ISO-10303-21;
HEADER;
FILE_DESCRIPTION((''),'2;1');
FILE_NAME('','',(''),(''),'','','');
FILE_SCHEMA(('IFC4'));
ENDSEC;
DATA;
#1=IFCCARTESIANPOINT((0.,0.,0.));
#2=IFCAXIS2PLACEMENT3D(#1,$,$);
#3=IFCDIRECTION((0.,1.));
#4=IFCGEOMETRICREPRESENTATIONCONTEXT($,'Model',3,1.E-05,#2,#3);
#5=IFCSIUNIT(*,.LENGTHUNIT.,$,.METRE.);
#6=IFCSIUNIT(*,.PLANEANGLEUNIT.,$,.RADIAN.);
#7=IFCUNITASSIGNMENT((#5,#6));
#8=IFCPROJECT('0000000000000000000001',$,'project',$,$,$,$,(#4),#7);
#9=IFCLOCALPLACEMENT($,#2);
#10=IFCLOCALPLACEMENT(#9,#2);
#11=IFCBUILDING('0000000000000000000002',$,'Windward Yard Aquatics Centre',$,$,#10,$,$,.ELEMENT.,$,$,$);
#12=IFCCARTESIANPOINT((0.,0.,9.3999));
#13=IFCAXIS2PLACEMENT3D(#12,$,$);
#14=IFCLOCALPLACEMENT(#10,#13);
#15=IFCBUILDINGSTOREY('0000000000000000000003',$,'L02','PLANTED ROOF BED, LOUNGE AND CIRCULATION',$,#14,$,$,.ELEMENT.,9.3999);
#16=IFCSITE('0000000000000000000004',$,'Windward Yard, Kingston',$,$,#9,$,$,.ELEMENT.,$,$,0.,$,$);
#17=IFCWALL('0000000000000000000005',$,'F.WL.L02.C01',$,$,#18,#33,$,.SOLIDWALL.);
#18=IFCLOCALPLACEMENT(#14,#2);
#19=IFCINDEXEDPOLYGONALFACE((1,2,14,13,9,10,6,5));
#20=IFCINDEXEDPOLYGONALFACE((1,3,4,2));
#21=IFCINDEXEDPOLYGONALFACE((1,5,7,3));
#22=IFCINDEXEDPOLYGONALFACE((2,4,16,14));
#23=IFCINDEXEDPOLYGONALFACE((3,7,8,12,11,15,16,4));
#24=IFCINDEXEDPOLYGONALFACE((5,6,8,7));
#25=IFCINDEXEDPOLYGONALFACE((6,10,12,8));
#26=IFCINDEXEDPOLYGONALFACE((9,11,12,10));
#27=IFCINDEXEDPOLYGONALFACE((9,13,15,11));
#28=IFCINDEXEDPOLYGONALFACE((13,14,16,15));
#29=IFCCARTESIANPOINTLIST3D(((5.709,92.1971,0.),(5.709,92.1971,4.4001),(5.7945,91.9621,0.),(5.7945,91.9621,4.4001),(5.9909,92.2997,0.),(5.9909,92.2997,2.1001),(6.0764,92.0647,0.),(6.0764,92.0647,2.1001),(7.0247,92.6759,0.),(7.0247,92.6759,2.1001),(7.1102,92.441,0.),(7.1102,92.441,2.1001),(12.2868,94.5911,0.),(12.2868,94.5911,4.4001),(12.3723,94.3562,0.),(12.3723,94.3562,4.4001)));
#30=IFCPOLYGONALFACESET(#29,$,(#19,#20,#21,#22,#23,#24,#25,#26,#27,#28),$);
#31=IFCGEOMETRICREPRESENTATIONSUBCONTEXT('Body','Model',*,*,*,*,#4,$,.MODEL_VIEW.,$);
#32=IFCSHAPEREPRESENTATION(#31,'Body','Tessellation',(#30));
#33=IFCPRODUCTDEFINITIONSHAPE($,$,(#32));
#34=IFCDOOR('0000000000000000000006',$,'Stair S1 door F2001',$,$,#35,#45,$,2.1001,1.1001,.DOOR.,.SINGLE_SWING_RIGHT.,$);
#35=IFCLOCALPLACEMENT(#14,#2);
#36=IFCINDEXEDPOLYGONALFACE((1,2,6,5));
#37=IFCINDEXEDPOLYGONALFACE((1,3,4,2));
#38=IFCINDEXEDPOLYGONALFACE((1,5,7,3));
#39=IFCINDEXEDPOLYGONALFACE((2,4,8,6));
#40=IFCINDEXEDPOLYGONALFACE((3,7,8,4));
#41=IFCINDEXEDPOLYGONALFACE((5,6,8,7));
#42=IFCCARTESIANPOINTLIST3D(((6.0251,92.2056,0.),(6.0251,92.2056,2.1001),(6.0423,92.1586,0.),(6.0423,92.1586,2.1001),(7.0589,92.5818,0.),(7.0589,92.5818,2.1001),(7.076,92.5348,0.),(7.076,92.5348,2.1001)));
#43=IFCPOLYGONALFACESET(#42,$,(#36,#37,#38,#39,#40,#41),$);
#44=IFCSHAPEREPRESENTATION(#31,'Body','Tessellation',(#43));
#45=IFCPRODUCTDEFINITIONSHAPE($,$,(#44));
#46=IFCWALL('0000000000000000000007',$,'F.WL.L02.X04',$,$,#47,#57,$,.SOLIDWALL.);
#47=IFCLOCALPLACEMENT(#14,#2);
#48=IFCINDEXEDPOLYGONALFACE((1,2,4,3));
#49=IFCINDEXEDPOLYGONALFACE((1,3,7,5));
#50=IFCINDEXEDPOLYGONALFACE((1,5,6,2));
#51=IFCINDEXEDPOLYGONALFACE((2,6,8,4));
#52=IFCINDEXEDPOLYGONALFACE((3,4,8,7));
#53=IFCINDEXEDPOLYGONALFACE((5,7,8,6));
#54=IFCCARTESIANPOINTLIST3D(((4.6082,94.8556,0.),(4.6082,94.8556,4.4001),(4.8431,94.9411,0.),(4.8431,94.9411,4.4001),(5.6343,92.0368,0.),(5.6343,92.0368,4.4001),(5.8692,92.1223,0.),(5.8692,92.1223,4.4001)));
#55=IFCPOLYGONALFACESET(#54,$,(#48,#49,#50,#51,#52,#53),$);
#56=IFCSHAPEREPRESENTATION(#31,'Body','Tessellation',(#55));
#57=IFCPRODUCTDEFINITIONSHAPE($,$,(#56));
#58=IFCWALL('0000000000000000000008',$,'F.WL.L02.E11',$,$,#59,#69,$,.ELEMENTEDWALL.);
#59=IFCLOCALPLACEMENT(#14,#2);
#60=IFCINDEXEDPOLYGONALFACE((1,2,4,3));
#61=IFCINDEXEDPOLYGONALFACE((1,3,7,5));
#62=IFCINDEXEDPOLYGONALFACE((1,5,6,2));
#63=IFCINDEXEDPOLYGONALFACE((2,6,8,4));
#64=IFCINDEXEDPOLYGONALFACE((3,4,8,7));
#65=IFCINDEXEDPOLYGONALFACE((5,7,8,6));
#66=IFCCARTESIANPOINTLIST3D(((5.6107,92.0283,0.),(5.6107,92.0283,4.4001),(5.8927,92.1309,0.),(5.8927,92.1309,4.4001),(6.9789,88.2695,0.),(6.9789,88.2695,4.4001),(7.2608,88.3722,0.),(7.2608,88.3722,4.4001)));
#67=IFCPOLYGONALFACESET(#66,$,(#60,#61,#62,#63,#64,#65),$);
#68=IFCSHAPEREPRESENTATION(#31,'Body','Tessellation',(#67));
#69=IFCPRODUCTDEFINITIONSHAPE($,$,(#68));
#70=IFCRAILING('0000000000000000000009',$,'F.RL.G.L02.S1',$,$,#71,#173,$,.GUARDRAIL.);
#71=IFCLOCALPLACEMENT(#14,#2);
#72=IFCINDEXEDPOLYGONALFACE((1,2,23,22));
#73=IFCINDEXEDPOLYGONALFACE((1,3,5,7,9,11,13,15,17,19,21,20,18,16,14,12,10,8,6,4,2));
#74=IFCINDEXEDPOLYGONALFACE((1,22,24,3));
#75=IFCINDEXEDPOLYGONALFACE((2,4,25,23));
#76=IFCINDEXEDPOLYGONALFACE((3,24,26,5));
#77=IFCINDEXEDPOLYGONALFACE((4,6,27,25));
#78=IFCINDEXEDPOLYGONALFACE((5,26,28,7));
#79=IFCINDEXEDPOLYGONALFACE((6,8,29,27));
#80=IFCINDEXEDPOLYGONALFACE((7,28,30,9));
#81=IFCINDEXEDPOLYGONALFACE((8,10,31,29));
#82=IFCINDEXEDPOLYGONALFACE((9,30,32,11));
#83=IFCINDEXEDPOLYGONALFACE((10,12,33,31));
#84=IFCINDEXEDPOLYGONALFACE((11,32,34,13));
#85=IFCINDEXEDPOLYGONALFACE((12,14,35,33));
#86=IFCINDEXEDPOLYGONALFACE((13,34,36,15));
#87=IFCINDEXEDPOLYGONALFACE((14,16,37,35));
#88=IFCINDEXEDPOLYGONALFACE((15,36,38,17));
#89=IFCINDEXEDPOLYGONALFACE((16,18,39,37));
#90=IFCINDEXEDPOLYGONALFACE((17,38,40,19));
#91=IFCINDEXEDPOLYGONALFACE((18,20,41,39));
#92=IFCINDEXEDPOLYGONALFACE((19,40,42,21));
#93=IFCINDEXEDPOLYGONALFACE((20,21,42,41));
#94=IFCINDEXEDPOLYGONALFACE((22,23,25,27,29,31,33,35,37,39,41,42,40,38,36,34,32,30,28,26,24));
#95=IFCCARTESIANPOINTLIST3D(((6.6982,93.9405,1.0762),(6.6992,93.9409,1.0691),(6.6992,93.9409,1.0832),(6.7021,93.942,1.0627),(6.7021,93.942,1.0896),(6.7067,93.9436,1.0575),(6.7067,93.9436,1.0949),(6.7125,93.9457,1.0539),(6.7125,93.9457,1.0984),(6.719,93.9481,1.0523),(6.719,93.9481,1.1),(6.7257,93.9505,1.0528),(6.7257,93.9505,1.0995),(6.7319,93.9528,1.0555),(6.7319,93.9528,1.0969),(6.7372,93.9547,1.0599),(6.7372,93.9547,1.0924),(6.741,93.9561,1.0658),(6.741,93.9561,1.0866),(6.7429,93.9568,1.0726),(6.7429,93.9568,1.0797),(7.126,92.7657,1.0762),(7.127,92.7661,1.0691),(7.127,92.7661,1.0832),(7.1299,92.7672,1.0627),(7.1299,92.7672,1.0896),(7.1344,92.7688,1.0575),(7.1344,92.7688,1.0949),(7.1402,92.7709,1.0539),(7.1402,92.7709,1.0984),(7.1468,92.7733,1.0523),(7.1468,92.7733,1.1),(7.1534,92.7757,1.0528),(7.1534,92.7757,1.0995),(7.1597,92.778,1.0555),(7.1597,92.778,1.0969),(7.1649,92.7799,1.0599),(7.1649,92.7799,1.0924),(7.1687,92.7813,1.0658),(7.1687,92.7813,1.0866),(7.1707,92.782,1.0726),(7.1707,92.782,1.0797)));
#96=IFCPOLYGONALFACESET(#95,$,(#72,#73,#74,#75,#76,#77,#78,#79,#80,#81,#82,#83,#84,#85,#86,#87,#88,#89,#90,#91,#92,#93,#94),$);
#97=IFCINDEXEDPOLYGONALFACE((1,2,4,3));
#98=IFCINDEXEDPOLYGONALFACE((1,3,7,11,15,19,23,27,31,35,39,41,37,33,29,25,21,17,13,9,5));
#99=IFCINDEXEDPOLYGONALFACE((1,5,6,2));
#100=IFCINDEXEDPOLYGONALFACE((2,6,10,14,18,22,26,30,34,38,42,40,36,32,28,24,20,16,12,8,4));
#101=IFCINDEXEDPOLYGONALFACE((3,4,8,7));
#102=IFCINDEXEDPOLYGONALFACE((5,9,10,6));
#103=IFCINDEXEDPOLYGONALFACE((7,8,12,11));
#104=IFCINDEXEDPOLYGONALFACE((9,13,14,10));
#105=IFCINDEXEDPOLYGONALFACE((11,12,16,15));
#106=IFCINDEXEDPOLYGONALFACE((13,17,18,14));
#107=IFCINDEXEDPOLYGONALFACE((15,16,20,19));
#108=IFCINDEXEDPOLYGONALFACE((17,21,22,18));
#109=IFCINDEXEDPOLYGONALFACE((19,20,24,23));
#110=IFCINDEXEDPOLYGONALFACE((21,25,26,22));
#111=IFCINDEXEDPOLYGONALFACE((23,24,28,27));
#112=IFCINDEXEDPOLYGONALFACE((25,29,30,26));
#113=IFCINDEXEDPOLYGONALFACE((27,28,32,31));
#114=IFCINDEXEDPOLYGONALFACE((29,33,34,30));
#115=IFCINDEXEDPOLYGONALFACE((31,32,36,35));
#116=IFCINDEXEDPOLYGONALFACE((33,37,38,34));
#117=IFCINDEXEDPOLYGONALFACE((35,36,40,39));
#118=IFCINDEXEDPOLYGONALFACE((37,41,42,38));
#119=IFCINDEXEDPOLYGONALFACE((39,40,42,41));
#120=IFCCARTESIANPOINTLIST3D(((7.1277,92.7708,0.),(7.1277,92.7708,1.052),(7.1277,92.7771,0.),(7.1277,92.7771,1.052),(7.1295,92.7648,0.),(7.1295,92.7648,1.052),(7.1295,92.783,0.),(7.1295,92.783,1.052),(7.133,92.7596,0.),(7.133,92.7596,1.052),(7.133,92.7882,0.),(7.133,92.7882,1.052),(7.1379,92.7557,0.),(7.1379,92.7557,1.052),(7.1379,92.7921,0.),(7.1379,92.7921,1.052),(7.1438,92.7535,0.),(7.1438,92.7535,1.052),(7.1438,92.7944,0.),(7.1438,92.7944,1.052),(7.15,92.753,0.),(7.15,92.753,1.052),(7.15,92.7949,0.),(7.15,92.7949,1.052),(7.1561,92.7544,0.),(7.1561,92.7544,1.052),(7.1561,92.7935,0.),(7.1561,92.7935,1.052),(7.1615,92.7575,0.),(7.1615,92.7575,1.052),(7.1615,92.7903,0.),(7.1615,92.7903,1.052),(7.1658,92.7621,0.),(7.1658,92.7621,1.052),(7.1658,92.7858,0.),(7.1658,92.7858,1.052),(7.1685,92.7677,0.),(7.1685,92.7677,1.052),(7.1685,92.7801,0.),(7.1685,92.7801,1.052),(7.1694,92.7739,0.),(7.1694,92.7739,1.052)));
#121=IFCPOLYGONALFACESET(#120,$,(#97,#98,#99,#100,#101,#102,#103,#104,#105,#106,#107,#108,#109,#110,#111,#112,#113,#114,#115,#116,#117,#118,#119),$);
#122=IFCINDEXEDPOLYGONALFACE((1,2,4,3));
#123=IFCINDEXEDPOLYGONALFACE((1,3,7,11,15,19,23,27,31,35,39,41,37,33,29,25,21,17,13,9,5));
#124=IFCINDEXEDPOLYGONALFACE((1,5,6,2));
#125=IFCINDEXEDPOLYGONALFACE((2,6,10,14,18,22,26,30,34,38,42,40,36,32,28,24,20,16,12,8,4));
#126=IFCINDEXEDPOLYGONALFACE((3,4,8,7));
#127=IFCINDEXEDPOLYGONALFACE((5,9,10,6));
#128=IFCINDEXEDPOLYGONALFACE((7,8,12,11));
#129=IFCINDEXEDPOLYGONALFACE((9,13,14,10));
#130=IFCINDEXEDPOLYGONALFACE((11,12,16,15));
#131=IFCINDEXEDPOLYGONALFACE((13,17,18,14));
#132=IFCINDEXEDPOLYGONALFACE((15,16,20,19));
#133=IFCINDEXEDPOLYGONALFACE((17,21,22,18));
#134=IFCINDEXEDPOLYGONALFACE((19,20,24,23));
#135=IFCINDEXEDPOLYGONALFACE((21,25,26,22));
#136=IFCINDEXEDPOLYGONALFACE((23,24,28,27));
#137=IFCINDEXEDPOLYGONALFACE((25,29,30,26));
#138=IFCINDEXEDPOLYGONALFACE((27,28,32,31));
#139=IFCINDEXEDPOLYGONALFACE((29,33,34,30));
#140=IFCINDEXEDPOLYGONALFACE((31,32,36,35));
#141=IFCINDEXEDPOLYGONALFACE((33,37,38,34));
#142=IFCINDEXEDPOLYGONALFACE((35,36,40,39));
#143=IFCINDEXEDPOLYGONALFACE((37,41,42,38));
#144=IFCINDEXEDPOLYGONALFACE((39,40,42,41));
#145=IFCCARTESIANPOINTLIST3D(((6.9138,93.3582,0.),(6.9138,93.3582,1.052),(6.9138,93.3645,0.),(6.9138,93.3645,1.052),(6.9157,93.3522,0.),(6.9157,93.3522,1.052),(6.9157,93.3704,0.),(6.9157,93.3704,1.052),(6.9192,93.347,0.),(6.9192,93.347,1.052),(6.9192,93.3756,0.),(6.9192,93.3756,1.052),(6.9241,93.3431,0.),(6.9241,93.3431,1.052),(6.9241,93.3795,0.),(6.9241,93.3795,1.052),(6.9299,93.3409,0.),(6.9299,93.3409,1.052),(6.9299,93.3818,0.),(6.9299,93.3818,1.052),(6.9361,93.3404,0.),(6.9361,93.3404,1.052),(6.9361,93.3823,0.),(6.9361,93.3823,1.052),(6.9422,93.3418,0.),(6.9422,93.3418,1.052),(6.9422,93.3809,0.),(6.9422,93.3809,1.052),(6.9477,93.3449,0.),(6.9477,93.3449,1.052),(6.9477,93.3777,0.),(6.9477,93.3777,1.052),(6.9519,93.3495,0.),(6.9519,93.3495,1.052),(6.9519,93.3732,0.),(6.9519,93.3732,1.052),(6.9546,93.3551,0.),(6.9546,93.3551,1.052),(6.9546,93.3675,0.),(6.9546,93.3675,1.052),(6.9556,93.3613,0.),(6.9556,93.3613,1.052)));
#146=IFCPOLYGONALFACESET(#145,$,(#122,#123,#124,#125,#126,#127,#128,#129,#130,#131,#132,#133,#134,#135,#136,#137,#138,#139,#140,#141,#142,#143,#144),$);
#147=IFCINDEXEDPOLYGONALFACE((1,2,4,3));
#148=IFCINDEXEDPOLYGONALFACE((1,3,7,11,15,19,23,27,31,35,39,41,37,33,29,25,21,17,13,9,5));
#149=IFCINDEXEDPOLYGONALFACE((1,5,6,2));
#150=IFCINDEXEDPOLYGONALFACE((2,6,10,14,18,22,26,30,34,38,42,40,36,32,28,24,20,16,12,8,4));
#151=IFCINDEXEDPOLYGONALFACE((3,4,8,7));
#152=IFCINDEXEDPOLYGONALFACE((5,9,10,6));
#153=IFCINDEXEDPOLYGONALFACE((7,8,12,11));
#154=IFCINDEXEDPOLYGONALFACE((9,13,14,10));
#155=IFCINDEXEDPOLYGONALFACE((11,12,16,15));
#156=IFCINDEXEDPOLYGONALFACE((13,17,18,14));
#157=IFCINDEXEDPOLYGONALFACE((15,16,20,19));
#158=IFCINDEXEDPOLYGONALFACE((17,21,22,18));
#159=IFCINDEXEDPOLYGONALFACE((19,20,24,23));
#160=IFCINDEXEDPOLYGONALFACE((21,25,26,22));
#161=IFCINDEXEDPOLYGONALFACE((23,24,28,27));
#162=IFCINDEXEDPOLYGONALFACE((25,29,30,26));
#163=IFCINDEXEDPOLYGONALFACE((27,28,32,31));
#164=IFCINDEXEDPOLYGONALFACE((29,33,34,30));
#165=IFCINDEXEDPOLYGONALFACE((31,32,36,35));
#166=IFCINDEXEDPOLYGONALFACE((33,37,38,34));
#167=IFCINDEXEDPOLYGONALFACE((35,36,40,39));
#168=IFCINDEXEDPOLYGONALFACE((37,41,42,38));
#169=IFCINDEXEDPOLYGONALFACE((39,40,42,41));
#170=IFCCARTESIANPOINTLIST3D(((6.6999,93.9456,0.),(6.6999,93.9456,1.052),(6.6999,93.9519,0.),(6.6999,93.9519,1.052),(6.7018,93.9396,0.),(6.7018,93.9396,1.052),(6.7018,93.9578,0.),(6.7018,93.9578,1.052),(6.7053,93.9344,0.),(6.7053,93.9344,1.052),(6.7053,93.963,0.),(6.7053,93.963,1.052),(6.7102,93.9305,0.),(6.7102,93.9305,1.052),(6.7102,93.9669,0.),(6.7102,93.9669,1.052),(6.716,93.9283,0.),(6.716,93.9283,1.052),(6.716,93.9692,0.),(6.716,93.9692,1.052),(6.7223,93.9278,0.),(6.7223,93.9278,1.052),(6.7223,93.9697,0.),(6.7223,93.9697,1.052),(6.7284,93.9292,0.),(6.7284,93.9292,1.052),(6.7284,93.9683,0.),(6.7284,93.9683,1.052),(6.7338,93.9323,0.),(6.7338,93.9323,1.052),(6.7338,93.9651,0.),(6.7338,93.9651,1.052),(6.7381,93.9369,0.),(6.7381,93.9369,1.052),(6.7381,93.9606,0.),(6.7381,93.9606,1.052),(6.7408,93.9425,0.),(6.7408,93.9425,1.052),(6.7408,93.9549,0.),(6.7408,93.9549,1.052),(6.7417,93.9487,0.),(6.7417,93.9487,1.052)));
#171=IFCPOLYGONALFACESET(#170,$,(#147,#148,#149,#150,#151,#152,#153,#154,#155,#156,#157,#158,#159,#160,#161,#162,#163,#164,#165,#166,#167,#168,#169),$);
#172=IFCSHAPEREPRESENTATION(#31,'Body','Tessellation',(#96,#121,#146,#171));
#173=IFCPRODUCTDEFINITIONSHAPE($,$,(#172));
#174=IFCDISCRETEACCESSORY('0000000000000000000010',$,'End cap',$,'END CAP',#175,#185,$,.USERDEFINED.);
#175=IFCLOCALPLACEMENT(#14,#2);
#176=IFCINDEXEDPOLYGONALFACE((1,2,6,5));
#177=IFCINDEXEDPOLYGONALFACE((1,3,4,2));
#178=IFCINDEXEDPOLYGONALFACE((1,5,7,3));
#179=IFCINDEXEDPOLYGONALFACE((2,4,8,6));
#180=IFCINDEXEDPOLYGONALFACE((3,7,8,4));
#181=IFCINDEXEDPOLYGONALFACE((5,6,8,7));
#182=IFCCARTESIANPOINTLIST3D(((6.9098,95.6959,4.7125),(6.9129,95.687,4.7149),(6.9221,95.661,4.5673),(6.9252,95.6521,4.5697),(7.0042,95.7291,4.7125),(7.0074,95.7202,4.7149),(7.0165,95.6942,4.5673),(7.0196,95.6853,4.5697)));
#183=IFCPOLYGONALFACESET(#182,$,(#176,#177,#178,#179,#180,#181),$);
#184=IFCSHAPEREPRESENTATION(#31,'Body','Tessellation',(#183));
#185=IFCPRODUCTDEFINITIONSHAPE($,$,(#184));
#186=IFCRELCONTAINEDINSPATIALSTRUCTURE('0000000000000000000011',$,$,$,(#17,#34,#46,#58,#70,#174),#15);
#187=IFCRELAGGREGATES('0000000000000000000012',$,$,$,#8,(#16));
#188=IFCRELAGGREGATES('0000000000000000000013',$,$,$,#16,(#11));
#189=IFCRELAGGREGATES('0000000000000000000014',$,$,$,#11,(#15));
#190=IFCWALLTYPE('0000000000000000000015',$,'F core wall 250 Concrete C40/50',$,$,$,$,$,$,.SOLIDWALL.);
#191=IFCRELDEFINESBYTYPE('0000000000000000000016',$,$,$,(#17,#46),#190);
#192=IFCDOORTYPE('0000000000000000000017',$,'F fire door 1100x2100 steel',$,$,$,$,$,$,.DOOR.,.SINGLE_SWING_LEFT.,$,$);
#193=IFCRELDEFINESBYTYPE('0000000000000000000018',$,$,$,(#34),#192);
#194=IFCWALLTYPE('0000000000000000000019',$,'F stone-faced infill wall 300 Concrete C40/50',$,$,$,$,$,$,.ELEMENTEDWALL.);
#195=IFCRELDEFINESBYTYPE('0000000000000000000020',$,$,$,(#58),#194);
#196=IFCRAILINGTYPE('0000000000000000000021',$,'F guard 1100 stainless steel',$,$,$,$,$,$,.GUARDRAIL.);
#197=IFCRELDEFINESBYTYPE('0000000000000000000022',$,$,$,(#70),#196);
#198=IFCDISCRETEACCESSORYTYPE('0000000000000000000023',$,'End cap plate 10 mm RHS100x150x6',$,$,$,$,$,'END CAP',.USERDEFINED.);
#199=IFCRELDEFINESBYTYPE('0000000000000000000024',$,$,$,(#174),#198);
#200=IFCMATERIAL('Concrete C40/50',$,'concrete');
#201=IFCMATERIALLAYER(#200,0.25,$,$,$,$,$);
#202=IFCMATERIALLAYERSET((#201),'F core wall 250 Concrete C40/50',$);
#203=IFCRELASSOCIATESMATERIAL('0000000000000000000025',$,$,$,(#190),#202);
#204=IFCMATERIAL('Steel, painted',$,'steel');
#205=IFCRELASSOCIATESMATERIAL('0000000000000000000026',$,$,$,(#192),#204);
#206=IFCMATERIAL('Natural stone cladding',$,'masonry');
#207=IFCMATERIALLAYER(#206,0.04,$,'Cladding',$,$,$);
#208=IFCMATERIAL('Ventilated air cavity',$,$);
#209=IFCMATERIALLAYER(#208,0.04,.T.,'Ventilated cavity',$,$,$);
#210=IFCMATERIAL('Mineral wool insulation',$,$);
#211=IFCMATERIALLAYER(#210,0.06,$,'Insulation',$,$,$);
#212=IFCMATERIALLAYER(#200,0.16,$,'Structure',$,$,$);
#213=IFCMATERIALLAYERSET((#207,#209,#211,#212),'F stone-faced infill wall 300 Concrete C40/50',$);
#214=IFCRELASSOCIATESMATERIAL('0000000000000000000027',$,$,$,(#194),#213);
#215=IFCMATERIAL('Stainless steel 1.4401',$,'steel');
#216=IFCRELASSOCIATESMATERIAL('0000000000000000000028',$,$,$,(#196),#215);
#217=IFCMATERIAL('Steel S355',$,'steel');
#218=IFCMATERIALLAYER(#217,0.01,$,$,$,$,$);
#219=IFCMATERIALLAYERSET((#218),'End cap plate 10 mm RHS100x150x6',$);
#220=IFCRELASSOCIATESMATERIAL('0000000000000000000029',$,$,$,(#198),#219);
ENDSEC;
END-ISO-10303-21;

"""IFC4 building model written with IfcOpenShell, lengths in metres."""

from ifc_helpers import new_model, si_unit, direction, frame, frame_2d, origin, origin_2d, place, context, subcontext, project, spatial, rectangle, circle, extrude, material, layer, layer_set, type_object, element, fill, save


model = new_model("IFC4")

# Units and contexts
model_context = context("Model", 3, precision=1e-05, world=origin(), true_north=direction((0.0, 1.0)))
body_context = subcontext(model_context, "Body", "Model", "MODEL_VIEW")
ifc_project = project(units=[si_unit("LENGTHUNIT", "METRE"), si_unit("PLANEANGLEUNIT", "RADIAN")], contexts=[model_context])

# Site, building, storey
site_placement = place(None, origin())
site = spatial("IfcSite", under=ifc_project, at=site_placement, Name="Windward Yard, Kingston", CompositionType="ELEMENT", RefElevation=0.0)
building_placement = place(site_placement, origin())
building = spatial("IfcBuilding", under=site, at=building_placement, Name="Windward Yard Aquatics Centre", CompositionType="ELEMENT")
storey_placement = place(building_placement, frame((0.0, 0.0, 9.3999)))
storey = spatial("IfcBuildingStorey", under=building, at=storey_placement, Name="L02", Description="PLANTED ROOF BED, LOUNGE AND CIRCULATION", CompositionType="ELEMENT", Elevation=9.3999)

# Shared definitions
ifc_material_1 = material(Name="Steel S355", Category="steel")

# Wall, opening, door
ifc_material_2 = material(Name="Concrete C40/50", Category="concrete")
ifc_layer_1 = layer(ifc_material_2, 0.25)
ifc_layer_set_1 = layer_set([ifc_layer_1], Name="F core wall 250 Concrete C40/50")
wall_type_1 = type_object("IfcWallType", Name="F core wall 250 Concrete C40/50", PredefinedType="SOLIDWALL", material=ifc_layer_set_1)
wall_1_placement = place(storey_placement, frame((5.7517, 92.0796, 0.0), z_axis=(0.0, 0.0, 1.0), x_axis=(0.939698, 0.342006, 0.0)))
wall_1 = element("IfcWall", 1, at=wall_1_placement, inside=storey, type_object=wall_type_1, Name="F.WL.L02.C01", PredefinedType="SOLIDWALL", context=body_context, shape_type="SweptSolid", body=[
    extrude(rectangle(XDim=7.0, YDim=0.25, at=frame_2d((3.5, 0.0))), origin(), (0.0, 0.0, 1.0), 4.4001),
])
opening_placement = place(wall_1_placement, frame((0.3, 0.0, 0.0)))
opening = element("IfcOpeningElement", 2, at=opening_placement, cuts=wall_1, PredefinedType="OPENING", context=body_context, shape_type="SweptSolid", body=[
    extrude(rectangle(XDim=1.1001, YDim=2.1001, at=frame_2d((0.55, 1.05))), frame((0.0, 0.135, 0.0), z_axis=(0.0, -1.0, 0.0), x_axis=(1.0, 0.0, 0.0)), (0.0, 0.0, 1.0), 0.27),
])
ifc_material_3 = material(Name="Steel, painted", Category="steel")
door_type = type_object("IfcDoorType", Name="F fire door 1100x2100 steel", OperationType="SINGLE_SWING_LEFT", PredefinedType="DOOR", material=ifc_material_3)
door_placement = place(opening_placement, origin())
door = element("IfcDoor", 3, at=door_placement, inside=storey, type_object=door_type, Name="Stair S1 door F2001", OperationType="SINGLE_SWING_RIGHT", OverallHeight=2.1001, OverallWidth=1.1001, PredefinedType="DOOR", context=body_context, shape_type="SweptSolid", body=[
    extrude(rectangle(XDim=1.1001, YDim=2.1001, at=frame_2d((0.55, 1.05))), frame((0.0, 0.0249, 0.0), z_axis=(0.0, -1.0, 0.0), x_axis=(1.0, 0.0, 0.0)), (0.0, 0.0, 1.0), 0.05),
])
fill(opening, door)

# Walls
wall_2_placement = place(storey_placement, frame((4.7256, 94.8984, 0.0), z_axis=(0.0, 0.0, 1.0), x_axis=(0.342063, -0.939677, 0.0)))
element("IfcWall", 4, at=wall_2_placement, inside=storey, type_object=wall_type_1, Name="F.WL.L02.X04", PredefinedType="SOLIDWALL", context=body_context, shape_type="SweptSolid", body=[
    extrude(rectangle(XDim=2.9998, YDim=0.25, at=frame_2d((1.5, 0.0))), origin(), (0.0, 0.0, 1.0), 4.4001),
])
ifc_material_4 = material(Name="Natural stone cladding", Category="masonry")
ifc_layer_2 = layer(ifc_material_4, 0.04, Name="Cladding")
ifc_material_5 = material(Name="Ventilated air cavity")
ifc_layer_3 = layer(ifc_material_5, 0.04, ventilated=True, Name="Ventilated cavity")
ifc_material_6 = material(Name="Mineral wool insulation")
ifc_layer_4 = layer(ifc_material_6, 0.06, Name="Insulation")
ifc_layer_5 = layer(ifc_material_2, 0.16, Name="Structure")
ifc_layer_set_2 = layer_set([ifc_layer_2, ifc_layer_3, ifc_layer_4, ifc_layer_5], Name="F stone-faced infill wall 300 Concrete C40/50")
wall_type_2 = type_object("IfcWallType", Name="F stone-faced infill wall 300 Concrete C40/50", PredefinedType="ELEMENTEDWALL", material=ifc_layer_set_2)
wall_3_placement = place(storey_placement, frame((5.7517, 92.0796, 0.0), z_axis=(0.0, 0.0, 1.0), x_axis=(0.342037, -0.939686, 0.0)))
element("IfcWall", 5, at=wall_3_placement, inside=storey, type_object=wall_type_2, Name="F.WL.L02.E11", PredefinedType="ELEMENTEDWALL", context=body_context, shape_type="SweptSolid", body=[
    extrude(rectangle(XDim=4.0, YDim=0.3, at=frame_2d((2.0, 0.0))), origin(), (0.0, 0.0, 1.0), 4.4001),
])

# Railing
ifc_material_7 = material(Name="Stainless steel 1.4401", Category="steel")
railing_type = type_object("IfcRailingType", Name="F guard 1100 stainless steel", PredefinedType="GUARDRAIL", material=ifc_material_7)
railing_placement = place(storey_placement, frame((7.1484, 92.7739, 0.0)))
element("IfcRailing", 6, at=railing_placement, inside=storey, type_object=railing_type, Name="F.RL.G.L02.S1", PredefinedType="GUARDRAIL", context=body_context, shape_type="SweptSolid", body=[
    extrude(circle(Radius=0.0239, at=origin_2d()), frame((0.0, 0.0, 1.0762), z_axis=(-0.342119, 0.939657, 0.0), x_axis=(-0.939657, -0.342119, 0.0)), (0.0, 0.0, 1.0), 1.2502),
    extrude(circle(Radius=0.021, at=origin_2d()), origin(), (0.0, 0.0, 1.0), 1.052),
    extrude(circle(Radius=0.021, at=origin_2d()), frame((-0.2139, 0.5874, 0.0)), (0.0, 0.0, 1.0), 1.052),
    extrude(circle(Radius=0.021, at=origin_2d()), frame((-0.4277, 1.1748, 0.0)), (0.0, 0.0, 1.0), 1.052),
])

# Discrete accessory
ifc_layer_6 = layer(ifc_material_1, 0.01)
ifc_layer_set_3 = layer_set([ifc_layer_6], Name="End cap plate 10 mm RHS100x150x6")
discrete_accessory_type_1 = type_object("IfcDiscreteAccessoryType", Name="End cap plate 10 mm RHS100x150x6", ElementType="END CAP", PredefinedType="USERDEFINED", material=ifc_layer_set_3)
discrete_accessory_1_placement = place(storey_placement, frame((6.9631, 95.6951, 4.6399), z_axis=(0.321208, -0.914207, 0.247083), x_axis=(0.94346, 0.331486, 0.0)))
element("IfcDiscreteAccessory", 7, at=discrete_accessory_1_placement, inside=storey, type_object=discrete_accessory_type_1, Name="End cap", ObjectType="END CAP", PredefinedType="USERDEFINED", context=body_context, shape_type="SweptSolid", body=[
    extrude(rectangle(XDim=0.1001, YDim=0.1499, at=origin_2d()), origin(), (0.0, 0.0, 1.0), 0.0098),
])

save(model, "model.ifc")
